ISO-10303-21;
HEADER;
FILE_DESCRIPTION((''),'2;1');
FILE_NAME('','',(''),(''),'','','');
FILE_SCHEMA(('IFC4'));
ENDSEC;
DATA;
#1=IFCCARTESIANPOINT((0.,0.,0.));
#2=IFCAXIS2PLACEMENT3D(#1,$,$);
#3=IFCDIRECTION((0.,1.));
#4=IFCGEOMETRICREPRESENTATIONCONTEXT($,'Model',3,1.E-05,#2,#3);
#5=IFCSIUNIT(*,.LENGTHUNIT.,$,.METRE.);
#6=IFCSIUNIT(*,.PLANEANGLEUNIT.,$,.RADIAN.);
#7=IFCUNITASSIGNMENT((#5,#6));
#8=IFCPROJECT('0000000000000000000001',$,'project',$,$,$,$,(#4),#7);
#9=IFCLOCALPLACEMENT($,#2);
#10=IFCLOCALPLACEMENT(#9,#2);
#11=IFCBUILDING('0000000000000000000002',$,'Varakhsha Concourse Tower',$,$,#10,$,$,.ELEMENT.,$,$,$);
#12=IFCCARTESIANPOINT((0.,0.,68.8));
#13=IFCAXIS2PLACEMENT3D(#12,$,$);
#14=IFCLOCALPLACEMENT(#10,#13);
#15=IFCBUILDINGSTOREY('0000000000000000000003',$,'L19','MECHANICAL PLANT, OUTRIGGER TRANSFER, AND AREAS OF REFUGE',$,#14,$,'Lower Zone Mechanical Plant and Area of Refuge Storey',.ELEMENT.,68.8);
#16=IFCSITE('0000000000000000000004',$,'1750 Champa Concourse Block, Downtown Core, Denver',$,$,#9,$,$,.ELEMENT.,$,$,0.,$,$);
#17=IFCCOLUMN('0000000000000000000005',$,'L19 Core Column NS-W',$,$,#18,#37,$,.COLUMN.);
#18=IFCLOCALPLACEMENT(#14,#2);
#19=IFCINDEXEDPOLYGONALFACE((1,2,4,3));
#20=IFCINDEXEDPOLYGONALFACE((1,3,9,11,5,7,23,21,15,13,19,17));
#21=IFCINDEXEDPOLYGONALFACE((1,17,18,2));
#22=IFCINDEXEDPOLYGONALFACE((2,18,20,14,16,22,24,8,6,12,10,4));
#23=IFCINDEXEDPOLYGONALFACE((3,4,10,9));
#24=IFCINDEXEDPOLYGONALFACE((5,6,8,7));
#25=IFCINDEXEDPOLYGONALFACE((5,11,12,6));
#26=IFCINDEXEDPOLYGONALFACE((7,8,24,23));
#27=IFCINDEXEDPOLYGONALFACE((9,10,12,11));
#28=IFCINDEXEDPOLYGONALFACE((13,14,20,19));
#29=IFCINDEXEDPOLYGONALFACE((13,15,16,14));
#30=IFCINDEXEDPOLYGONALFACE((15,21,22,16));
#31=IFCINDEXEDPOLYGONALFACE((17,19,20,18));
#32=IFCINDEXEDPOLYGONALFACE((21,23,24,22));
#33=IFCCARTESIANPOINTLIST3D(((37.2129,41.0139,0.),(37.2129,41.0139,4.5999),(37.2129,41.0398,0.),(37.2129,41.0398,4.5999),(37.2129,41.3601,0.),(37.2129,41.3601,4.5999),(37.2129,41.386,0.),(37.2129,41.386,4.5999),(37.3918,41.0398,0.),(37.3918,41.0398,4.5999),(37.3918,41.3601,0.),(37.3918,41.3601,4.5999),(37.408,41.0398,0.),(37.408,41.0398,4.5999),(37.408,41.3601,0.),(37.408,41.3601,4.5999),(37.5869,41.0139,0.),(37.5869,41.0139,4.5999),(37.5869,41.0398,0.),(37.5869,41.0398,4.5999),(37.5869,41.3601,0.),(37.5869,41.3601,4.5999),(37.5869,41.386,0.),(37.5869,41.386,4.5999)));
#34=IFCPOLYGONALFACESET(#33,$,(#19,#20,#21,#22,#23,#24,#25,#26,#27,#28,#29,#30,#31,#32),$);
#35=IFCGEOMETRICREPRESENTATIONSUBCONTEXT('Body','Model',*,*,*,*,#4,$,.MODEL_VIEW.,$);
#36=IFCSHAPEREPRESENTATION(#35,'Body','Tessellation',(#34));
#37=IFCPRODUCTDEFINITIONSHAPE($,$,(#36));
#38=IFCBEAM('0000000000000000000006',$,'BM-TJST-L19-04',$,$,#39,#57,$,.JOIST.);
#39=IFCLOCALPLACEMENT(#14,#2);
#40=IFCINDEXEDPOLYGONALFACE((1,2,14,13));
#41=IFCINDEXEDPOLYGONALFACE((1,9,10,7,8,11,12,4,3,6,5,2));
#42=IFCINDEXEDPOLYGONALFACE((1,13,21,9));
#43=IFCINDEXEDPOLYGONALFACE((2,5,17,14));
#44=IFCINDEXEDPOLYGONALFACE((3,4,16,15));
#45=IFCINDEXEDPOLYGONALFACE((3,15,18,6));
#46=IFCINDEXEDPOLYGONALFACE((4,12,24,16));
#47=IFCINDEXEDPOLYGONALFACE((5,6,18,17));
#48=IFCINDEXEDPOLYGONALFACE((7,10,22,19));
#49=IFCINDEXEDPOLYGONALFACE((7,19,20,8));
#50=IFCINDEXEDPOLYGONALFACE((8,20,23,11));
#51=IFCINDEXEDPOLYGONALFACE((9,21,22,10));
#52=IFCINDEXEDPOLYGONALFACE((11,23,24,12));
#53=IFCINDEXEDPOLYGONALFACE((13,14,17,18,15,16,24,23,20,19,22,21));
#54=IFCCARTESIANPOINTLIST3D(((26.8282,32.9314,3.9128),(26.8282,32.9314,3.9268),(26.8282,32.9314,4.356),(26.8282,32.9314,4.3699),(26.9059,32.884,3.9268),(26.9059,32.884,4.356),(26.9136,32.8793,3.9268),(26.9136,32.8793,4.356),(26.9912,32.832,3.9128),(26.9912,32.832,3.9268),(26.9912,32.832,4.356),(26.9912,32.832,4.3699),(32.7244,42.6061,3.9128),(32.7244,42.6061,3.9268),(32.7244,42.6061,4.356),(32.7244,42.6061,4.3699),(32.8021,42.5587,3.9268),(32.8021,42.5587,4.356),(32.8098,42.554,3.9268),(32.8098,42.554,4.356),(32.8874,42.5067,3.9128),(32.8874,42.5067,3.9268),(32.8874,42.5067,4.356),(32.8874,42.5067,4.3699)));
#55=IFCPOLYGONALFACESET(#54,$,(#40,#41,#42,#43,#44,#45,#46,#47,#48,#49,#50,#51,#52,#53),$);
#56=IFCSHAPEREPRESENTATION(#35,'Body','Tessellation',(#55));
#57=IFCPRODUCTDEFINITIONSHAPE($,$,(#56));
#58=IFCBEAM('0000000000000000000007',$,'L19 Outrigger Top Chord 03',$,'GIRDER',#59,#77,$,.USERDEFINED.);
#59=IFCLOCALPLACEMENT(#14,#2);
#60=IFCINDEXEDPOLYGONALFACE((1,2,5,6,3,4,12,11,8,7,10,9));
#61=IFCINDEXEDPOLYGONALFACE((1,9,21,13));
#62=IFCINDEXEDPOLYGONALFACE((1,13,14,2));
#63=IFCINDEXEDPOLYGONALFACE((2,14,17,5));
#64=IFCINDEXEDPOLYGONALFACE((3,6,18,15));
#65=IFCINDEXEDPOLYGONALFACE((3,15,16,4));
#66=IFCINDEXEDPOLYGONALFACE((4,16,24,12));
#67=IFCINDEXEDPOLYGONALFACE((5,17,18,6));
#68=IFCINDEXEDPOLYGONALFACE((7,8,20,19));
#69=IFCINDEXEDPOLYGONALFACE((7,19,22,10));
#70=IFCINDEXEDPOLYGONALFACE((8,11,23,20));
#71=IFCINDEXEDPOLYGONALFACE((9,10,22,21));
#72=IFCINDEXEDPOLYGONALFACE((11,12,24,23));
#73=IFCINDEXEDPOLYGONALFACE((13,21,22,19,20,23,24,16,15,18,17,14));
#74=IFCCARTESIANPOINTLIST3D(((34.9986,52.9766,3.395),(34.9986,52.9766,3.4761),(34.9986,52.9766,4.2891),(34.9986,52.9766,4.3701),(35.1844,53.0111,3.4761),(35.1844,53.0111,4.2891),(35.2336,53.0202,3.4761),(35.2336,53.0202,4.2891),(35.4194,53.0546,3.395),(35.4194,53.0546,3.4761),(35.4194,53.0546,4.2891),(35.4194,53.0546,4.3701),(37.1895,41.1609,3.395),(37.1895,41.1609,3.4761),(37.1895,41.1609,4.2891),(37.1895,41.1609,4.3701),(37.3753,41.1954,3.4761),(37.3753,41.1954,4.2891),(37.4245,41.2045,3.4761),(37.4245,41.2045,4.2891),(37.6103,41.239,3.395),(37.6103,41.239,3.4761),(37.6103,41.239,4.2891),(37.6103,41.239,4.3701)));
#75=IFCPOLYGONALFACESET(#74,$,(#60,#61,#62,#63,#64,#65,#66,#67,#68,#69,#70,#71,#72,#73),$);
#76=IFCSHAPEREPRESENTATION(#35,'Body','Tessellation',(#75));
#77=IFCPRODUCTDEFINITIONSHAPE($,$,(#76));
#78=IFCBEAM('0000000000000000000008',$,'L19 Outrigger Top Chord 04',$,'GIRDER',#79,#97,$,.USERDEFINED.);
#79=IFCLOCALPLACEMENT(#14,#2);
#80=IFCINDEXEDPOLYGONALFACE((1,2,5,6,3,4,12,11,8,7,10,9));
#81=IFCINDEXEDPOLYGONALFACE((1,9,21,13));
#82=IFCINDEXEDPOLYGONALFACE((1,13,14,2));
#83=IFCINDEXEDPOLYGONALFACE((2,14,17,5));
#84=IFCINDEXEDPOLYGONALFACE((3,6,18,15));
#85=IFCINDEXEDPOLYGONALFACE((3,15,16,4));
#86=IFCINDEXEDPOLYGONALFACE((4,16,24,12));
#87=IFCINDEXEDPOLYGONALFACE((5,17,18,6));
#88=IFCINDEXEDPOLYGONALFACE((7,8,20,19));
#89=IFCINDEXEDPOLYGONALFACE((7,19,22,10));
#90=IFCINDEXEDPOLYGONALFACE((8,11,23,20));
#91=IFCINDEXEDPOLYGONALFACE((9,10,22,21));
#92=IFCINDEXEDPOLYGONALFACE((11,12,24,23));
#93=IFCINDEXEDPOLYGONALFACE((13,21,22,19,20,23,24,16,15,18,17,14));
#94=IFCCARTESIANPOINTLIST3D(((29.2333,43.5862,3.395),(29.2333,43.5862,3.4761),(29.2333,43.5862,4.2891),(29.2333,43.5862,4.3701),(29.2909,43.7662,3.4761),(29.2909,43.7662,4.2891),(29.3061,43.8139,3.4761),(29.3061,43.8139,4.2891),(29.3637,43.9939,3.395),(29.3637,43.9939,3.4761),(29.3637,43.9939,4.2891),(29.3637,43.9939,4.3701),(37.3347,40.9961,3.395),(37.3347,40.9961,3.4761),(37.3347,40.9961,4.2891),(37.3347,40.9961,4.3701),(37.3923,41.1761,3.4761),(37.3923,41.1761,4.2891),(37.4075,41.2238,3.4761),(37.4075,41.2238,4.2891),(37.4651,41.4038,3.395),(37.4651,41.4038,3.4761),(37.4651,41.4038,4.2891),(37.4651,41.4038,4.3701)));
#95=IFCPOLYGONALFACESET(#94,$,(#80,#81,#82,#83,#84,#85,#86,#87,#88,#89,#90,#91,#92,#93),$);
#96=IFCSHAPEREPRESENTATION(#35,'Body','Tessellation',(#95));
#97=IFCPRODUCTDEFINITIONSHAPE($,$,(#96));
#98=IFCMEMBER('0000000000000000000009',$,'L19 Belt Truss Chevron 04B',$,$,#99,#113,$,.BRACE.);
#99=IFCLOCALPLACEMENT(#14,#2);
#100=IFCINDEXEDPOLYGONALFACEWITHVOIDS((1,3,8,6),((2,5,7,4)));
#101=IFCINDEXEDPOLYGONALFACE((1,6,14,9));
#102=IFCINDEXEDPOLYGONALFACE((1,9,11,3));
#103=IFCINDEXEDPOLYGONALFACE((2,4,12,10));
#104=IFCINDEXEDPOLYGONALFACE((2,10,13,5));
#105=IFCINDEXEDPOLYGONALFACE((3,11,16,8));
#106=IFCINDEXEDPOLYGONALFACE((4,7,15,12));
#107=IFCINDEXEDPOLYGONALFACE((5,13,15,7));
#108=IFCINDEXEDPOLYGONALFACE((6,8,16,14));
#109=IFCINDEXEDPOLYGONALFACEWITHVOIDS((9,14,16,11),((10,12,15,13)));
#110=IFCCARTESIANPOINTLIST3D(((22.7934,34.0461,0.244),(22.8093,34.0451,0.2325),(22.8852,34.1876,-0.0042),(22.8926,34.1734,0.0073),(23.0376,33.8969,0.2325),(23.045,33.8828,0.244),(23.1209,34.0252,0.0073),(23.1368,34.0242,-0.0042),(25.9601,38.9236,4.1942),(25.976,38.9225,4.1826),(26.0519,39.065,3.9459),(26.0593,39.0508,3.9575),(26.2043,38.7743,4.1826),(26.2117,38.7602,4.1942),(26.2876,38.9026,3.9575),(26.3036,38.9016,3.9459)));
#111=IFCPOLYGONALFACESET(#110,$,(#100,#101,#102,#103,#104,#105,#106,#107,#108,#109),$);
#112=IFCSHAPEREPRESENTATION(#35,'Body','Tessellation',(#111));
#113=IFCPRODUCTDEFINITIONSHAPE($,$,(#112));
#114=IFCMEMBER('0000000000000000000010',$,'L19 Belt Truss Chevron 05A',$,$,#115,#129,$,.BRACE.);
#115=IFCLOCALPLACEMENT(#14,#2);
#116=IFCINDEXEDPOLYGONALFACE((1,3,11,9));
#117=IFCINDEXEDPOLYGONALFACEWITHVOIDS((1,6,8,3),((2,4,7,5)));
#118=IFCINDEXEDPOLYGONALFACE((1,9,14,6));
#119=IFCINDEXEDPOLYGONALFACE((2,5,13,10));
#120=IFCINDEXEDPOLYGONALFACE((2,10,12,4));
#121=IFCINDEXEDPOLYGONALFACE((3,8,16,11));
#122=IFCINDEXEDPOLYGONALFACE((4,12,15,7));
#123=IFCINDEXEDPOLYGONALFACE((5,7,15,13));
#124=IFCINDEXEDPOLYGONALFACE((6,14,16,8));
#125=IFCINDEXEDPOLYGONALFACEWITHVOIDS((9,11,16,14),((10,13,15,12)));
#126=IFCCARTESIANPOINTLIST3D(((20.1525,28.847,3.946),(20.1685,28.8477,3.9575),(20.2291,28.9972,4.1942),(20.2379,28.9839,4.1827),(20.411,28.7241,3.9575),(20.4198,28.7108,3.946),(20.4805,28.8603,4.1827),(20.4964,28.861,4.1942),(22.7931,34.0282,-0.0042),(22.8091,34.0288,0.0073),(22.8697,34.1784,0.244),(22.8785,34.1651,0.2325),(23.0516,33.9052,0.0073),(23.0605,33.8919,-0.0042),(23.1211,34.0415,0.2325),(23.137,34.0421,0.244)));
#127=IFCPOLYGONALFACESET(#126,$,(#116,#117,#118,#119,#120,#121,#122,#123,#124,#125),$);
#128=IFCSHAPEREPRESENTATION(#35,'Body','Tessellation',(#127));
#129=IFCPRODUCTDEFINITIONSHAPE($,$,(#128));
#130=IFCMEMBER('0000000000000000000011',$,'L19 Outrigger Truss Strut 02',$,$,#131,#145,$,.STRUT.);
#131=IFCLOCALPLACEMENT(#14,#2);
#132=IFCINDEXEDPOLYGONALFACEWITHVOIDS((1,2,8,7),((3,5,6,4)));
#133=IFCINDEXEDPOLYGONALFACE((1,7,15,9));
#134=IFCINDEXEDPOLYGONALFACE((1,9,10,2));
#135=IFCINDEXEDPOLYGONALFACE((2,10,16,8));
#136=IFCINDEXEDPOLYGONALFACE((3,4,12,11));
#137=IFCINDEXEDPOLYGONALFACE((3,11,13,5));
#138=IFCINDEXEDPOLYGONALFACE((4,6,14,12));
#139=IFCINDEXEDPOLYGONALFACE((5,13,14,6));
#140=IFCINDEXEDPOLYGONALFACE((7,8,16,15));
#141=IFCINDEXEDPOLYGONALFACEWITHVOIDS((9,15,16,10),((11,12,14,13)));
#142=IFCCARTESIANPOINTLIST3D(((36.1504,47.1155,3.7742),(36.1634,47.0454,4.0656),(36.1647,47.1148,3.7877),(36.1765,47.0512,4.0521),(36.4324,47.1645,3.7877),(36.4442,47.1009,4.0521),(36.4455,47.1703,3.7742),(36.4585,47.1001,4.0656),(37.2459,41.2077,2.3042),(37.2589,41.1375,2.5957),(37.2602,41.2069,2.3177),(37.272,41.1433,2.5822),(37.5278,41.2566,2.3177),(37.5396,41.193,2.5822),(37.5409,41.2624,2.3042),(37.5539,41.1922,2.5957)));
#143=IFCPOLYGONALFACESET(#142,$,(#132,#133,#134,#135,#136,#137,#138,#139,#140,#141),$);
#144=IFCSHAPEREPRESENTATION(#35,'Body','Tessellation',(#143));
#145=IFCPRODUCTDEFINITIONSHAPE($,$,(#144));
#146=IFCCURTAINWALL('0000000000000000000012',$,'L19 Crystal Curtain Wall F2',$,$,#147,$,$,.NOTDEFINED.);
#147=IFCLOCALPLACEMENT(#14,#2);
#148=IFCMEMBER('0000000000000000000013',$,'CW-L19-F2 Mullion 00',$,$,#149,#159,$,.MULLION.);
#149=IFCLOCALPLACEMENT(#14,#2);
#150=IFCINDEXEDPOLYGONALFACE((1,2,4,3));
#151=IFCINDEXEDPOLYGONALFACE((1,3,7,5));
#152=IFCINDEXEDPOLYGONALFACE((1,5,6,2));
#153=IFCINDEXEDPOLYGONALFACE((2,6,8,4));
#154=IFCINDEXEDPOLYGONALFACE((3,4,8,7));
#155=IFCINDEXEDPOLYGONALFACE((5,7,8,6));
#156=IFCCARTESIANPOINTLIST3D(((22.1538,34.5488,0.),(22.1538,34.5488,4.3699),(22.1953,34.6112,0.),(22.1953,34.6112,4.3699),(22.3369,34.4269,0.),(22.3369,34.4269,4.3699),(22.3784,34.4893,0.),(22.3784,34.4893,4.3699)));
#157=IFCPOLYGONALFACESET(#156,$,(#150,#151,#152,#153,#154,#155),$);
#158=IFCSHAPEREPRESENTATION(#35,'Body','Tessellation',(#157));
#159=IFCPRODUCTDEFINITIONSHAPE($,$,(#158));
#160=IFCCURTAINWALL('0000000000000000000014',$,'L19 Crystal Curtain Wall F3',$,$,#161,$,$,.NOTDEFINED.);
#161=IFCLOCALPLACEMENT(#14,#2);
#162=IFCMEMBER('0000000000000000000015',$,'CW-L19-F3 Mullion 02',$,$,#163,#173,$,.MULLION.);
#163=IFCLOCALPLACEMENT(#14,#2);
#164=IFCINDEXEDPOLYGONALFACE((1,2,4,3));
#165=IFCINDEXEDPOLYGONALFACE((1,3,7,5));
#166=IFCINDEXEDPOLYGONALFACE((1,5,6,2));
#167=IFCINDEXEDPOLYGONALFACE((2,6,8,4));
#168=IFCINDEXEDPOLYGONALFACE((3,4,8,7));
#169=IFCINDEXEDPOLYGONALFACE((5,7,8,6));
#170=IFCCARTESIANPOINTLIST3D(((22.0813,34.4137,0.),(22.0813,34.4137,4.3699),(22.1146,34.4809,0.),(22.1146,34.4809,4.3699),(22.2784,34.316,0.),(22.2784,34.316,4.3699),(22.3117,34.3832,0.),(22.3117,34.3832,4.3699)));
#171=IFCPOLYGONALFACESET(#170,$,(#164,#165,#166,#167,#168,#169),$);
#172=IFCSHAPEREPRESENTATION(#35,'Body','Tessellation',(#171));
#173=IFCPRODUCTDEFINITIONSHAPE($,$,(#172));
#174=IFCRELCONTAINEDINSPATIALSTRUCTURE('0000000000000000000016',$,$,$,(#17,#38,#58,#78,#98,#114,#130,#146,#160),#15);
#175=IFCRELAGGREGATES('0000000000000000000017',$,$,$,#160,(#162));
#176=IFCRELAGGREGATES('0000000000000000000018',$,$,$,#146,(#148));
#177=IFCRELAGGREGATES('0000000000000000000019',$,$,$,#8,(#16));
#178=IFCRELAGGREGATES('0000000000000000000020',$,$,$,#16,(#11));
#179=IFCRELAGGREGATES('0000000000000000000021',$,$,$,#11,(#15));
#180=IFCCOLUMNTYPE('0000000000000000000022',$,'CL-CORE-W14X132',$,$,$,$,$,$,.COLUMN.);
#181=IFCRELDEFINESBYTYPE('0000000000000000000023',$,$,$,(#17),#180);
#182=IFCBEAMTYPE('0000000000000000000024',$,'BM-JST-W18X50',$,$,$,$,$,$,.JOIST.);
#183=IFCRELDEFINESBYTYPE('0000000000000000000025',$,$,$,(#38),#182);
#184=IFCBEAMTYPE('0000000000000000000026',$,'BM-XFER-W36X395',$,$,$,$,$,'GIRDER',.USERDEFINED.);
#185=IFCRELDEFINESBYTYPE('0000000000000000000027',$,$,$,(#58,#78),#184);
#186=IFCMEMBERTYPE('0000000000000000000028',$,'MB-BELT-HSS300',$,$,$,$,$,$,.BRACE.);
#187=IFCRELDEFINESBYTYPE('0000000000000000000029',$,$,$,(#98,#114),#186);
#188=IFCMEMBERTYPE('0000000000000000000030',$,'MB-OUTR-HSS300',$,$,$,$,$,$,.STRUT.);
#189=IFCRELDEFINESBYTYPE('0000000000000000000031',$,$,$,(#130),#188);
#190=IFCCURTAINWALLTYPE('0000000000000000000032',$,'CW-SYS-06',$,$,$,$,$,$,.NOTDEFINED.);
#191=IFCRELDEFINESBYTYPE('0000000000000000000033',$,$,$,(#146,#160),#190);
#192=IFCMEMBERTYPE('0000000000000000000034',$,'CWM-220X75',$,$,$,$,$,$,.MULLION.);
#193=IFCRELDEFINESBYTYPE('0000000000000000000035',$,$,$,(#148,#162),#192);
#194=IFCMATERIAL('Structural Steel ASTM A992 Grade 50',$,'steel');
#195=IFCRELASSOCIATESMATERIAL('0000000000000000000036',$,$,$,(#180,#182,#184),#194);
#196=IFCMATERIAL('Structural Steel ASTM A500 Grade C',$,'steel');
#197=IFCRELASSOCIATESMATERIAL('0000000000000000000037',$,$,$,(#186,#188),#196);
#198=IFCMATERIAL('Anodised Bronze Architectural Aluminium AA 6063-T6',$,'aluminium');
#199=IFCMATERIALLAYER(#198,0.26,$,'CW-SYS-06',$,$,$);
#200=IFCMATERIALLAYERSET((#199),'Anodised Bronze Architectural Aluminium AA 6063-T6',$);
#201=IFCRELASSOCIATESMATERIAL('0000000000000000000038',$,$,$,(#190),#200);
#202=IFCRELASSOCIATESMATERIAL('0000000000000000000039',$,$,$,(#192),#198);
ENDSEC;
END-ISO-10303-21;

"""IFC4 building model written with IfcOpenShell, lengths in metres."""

from ifc_helpers import new_model, si_unit, direction, frame, origin, origin_2d, place, context, subcontext, project, spatial, rectangle, hollow_rectangle, i_section, extrude, source, transform, mapped, material, layer, layer_set, material_profile, profile_set, type_object, type_shapes, element, aggregate, save


model = new_model("IFC4")

# Units and contexts
model_context = context("Model", 3, precision=1e-05, world=origin(), true_north=direction((0.0, 1.0)))
body_context = subcontext(model_context, "Body", "Model", "MODEL_VIEW")
ifc_project = project(units=[si_unit("LENGTHUNIT", "METRE"), si_unit("PLANEANGLEUNIT", "RADIAN")], contexts=[model_context])

# Site, building, storey
site_placement = place(None, origin())
site = spatial("IfcSite", under=ifc_project, at=site_placement, Name="1750 Champa Concourse Block, Downtown Core, Denver", CompositionType="ELEMENT", RefElevation=0.0)
building_placement = place(site_placement, origin())
building = spatial("IfcBuilding", under=site, at=building_placement, Name="Varakhsha Concourse Tower", CompositionType="ELEMENT")
storey_placement = place(building_placement, frame((0.0, 0.0, 68.8)))
storey = spatial("IfcBuildingStorey", under=building, at=storey_placement, Name="L19", Description="MECHANICAL PLANT, OUTRIGGER TRANSFER, AND AREAS OF REFUGE", LongName="Lower Zone Mechanical Plant and Area of Refuge Storey", CompositionType="ELEMENT", Elevation=68.8)

# Column
ifc_material_1 = material(Name="Structural Steel ASTM A992 Grade 50", Category="steel")
ifc_material_profile_1 = material_profile(ifc_material_1, i_section(OverallWidth=0.374, OverallDepth=0.3721, WebThickness=0.0161, FlangeThickness=0.0259, at=origin_2d()), Name="W14X132")
ifc_profile_set_1 = profile_set([ifc_material_profile_1], Name="Structural Steel ASTM A992 Grade 50")
column_type = type_object("IfcColumnType", Name="CL-CORE-W14X132", PredefinedType="COLUMN", material=ifc_profile_set_1)
column_placement = place(storey_placement, frame((37.3999, 41.2, 0.0), z_axis=(0.0, 0.0, 1.0), x_axis=(1.0, 0.0, 0.0)))
element("IfcColumn", 1, at=column_placement, inside=storey, type_object=column_type, Name="L19 Core Column NS-W", PredefinedType="COLUMN", context=body_context, shape_type="SweptSolid", body=[
    extrude(i_section(OverallWidth=0.374, OverallDepth=0.3721, WebThickness=0.0161, FlangeThickness=0.0259, at=origin_2d()), origin(), (0.0, 0.0, 1.0), 4.5999),
])

# Beams
ifc_material_profile_2 = material_profile(ifc_material_1, i_section(OverallWidth=0.1909, OverallDepth=0.457, WebThickness=0.009, FlangeThickness=0.0139, at=origin_2d()), Name="W18X50")
ifc_profile_set_2 = profile_set([ifc_material_profile_2], Name="Structural Steel ASTM A992 Grade 50")
beam_type_1 = type_object("IfcBeamType", Name="BM-JST-W18X50", PredefinedType="JOIST", material=ifc_profile_set_2)
beam_1_placement = place(storey_placement, frame((32.8059, 42.5564, 4.1414), z_axis=(-0.520412, -0.853915, 0.0), x_axis=(0.853915, -0.520412, 0.0)))
element("IfcBeam", 2, at=beam_1_placement, inside=storey, type_object=beam_type_1, Name="BM-TJST-L19-04", PredefinedType="JOIST", context=body_context, shape_type="SweptSolid", body=[
    extrude(i_section(OverallWidth=0.1909, OverallDepth=0.457, WebThickness=0.009, FlangeThickness=0.0139, at=origin_2d()), origin(), (0.0, 0.0, 1.0), 11.3298),
])
ifc_material_profile_3 = material_profile(ifc_material_1, i_section(OverallWidth=0.428, OverallDepth=0.9751, WebThickness=0.05, FlangeThickness=0.0811, at=origin_2d()), Name="W36X395")
ifc_profile_set_3 = profile_set([ifc_material_profile_3], Name="Structural Steel ASTM A992 Grade 50")
beam_type_2 = type_object("IfcBeamType", Name="BM-XFER-W36X395", ElementType="GIRDER", PredefinedType="USERDEFINED", material=ifc_profile_set_3)
beam_2_placement = place(storey_placement, frame((37.3999, 41.2, 3.8826), z_axis=(-0.182317, 0.98324, 0.0), x_axis=(-0.98324, -0.182317, 0.0)))
element("IfcBeam", 3, at=beam_2_placement, inside=storey, type_object=beam_type_2, Name="L19 Outrigger Top Chord 03", ObjectType="GIRDER", PredefinedType="USERDEFINED", context=body_context, shape_type="SweptSolid", body=[
    extrude(i_section(OverallWidth=0.428, OverallDepth=0.9751, WebThickness=0.05, FlangeThickness=0.0811, at=origin_2d()), origin(), (0.0, 0.0, 1.0), 12.0171),
])
beam_3_placement = place(storey_placement, frame((37.3999, 41.2, 3.8826), z_axis=(-0.952504, 0.304527, 0.0), x_axis=(-0.304527, -0.952504, 0.0)))
element("IfcBeam", 4, at=beam_3_placement, inside=storey, type_object=beam_type_2, Name="L19 Outrigger Top Chord 04", ObjectType="GIRDER", PredefinedType="USERDEFINED", context=body_context, shape_type="SweptSolid", body=[
    extrude(i_section(OverallWidth=0.428, OverallDepth=0.9751, WebThickness=0.05, FlangeThickness=0.0811, at=origin_2d()), origin(), (0.0, 0.0, 1.0), 8.5054),
])

# Members
ifc_material_2 = material(Name="Structural Steel ASTM A500 Grade C", Category="steel")
ifc_material_profile_4 = material_profile(ifc_material_2, hollow_rectangle(XDim=0.3, YDim=0.3, WallThickness=0.0139, at=origin_2d()), Name="HSS 300x300x14")
ifc_profile_set_4 = profile_set([ifc_material_profile_4], Name="Structural Steel ASTM A500 Grade C")
member_type_1 = type_object("IfcMemberType", Name="MB-BELT-HSS300", PredefinedType="BRACE", material=ifc_profile_set_4)
shared_shape_1 = source(origin(), body_context, "Body", "SweptSolid", [
    extrude(hollow_rectangle(XDim=0.3, YDim=0.3, WallThickness=0.0139, at=origin_2d()), origin(), (0.0, 0.0, 1.0), 7.03),
])
type_shapes(member_type_1, [shared_shape_1])
for number, where, z_axis, x_axis, name in (
    (5, (22.9651, 34.0352, 0.1199), (0.450458, 0.693798, 0.5619), (-0.838726, 0.544554, 0.0), "L19 Belt Truss Chevron 04B"),
    (6, (22.9651, 34.0352, 0.1199), (-0.375621, -0.737003, 0.561903), (0.890958, -0.454086, 0.0), "L19 Belt Truss Chevron 05A"),
):
    element("IfcMember", number, at=place(storey_placement, frame(where, z_axis=z_axis, x_axis=x_axis)), inside=storey, type_object=member_type_1, Name=name, PredefinedType="BRACE", context=body_context, shape_type="MappedRepresentation", body=[
        mapped(shared_shape_1, transform((0.0, 0.0, 0.0), scale=1.0)),
    ])
ifc_material_profile_5 = material_profile(ifc_material_2, hollow_rectangle(XDim=0.3, YDim=0.3, WallThickness=0.0139, at=origin_2d()), Name="HSS 300x300x14")
ifc_profile_set_5 = profile_set([ifc_material_profile_5], Name="Structural Steel ASTM A500 Grade C")
member_type_2 = type_object("IfcMemberType", Name="MB-OUTR-HSS300", PredefinedType="STRUT", material=ifc_profile_set_5)
shared_shape_2 = source(origin(), body_context, "Body", "SweptSolid", [
    extrude(hollow_rectangle(XDim=0.3, YDim=0.3, WallThickness=0.0139, at=origin_2d()), origin(), (0.0, 0.0, 1.0), 6.1858),
])
type_shapes(member_type_2, [shared_shape_2])
member_1_placement = place(storey_placement, frame((37.3999, 41.2, 2.45), z_axis=(-0.177091, 0.955075, 0.237634), x_axis=(-0.98324, -0.182313, 0.0)))
element("IfcMember", 7, at=member_1_placement, inside=storey, type_object=member_type_2, Name="L19 Outrigger Truss Strut 02", PredefinedType="STRUT", context=body_context, shape_type="MappedRepresentation", body=[
    mapped(shared_shape_2, transform((0.0, 0.0, 0.0), scale=1.0)),
])

# Curtain walls, members
ifc_material_3 = material(Name="Anodised Bronze Architectural Aluminium AA 6063-T6", Category="aluminium")
ifc_layer_1 = layer(ifc_material_3, 0.26, Name="CW-SYS-06")
ifc_layer_set_1 = layer_set([ifc_layer_1], Name="Anodised Bronze Architectural Aluminium AA 6063-T6")
curtain_wall_type = type_object("IfcCurtainWallType", Name="CW-SYS-06", PredefinedType="NOTDEFINED", material=ifc_layer_set_1)
curtain_wall_1_placement = place(storey_placement, origin())
curtain_wall_1 = element("IfcCurtainWall", 8, at=curtain_wall_1_placement, inside=storey, type_object=curtain_wall_type, Name="L19 Crystal Curtain Wall F2", PredefinedType="NOTDEFINED")
ifc_material_profile_6 = material_profile(ifc_material_3, rectangle(XDim=0.075, YDim=0.22, at=origin_2d()), Name="CWM-220X75")
ifc_profile_set_6 = profile_set([ifc_material_profile_6], Name="Anodised Bronze Architectural Aluminium AA 6063-T6")
member_type_3 = type_object("IfcMemberType", Name="CWM-220X75", PredefinedType="MULLION", material=ifc_profile_set_6)
shared_shape_3 = source(origin(), body_context, "Body", "SweptSolid", [
    extrude(rectangle(XDim=0.075, YDim=0.22, at=origin_2d()), origin(), (0.0, 0.0, 1.0), 4.3699),
])
type_shapes(member_type_3, [shared_shape_3])
member_2_placement = place(storey_placement, frame((22.2661, 34.519, 0.0), z_axis=(0.0, 0.0, 1.0), x_axis=(0.553881, 0.832596, 0.0)))
member_2 = element("IfcMember", 9, at=member_2_placement, type_object=member_type_3, Name="CW-L19-F2 Mullion 00", PredefinedType="MULLION", context=body_context, shape_type="MappedRepresentation", body=[
    mapped(shared_shape_3, transform((0.0, 0.0, 0.0), scale=1.0)),
])
curtain_wall_2_placement = place(storey_placement, origin())
curtain_wall_2 = element("IfcCurtainWall", 10, at=curtain_wall_2_placement, inside=storey, type_object=curtain_wall_type, Name="L19 Crystal Curtain Wall F3", PredefinedType="NOTDEFINED")
member_3_placement = place(storey_placement, frame((22.1965, 34.3984, 0.0), z_axis=(0.0, 0.0, 1.0), x_axis=(0.444108, 0.895973, 0.0)))
member_3 = element("IfcMember", 11, at=member_3_placement, type_object=member_type_3, Name="CW-L19-F3 Mullion 02", PredefinedType="MULLION", context=body_context, shape_type="MappedRepresentation", body=[
    mapped(shared_shape_3, transform((0.0, 0.0, 0.0), scale=1.0)),
])
aggregate(curtain_wall_2, [member_3])

aggregate(curtain_wall_1, [member_2])

save(model, "model.ifc")
